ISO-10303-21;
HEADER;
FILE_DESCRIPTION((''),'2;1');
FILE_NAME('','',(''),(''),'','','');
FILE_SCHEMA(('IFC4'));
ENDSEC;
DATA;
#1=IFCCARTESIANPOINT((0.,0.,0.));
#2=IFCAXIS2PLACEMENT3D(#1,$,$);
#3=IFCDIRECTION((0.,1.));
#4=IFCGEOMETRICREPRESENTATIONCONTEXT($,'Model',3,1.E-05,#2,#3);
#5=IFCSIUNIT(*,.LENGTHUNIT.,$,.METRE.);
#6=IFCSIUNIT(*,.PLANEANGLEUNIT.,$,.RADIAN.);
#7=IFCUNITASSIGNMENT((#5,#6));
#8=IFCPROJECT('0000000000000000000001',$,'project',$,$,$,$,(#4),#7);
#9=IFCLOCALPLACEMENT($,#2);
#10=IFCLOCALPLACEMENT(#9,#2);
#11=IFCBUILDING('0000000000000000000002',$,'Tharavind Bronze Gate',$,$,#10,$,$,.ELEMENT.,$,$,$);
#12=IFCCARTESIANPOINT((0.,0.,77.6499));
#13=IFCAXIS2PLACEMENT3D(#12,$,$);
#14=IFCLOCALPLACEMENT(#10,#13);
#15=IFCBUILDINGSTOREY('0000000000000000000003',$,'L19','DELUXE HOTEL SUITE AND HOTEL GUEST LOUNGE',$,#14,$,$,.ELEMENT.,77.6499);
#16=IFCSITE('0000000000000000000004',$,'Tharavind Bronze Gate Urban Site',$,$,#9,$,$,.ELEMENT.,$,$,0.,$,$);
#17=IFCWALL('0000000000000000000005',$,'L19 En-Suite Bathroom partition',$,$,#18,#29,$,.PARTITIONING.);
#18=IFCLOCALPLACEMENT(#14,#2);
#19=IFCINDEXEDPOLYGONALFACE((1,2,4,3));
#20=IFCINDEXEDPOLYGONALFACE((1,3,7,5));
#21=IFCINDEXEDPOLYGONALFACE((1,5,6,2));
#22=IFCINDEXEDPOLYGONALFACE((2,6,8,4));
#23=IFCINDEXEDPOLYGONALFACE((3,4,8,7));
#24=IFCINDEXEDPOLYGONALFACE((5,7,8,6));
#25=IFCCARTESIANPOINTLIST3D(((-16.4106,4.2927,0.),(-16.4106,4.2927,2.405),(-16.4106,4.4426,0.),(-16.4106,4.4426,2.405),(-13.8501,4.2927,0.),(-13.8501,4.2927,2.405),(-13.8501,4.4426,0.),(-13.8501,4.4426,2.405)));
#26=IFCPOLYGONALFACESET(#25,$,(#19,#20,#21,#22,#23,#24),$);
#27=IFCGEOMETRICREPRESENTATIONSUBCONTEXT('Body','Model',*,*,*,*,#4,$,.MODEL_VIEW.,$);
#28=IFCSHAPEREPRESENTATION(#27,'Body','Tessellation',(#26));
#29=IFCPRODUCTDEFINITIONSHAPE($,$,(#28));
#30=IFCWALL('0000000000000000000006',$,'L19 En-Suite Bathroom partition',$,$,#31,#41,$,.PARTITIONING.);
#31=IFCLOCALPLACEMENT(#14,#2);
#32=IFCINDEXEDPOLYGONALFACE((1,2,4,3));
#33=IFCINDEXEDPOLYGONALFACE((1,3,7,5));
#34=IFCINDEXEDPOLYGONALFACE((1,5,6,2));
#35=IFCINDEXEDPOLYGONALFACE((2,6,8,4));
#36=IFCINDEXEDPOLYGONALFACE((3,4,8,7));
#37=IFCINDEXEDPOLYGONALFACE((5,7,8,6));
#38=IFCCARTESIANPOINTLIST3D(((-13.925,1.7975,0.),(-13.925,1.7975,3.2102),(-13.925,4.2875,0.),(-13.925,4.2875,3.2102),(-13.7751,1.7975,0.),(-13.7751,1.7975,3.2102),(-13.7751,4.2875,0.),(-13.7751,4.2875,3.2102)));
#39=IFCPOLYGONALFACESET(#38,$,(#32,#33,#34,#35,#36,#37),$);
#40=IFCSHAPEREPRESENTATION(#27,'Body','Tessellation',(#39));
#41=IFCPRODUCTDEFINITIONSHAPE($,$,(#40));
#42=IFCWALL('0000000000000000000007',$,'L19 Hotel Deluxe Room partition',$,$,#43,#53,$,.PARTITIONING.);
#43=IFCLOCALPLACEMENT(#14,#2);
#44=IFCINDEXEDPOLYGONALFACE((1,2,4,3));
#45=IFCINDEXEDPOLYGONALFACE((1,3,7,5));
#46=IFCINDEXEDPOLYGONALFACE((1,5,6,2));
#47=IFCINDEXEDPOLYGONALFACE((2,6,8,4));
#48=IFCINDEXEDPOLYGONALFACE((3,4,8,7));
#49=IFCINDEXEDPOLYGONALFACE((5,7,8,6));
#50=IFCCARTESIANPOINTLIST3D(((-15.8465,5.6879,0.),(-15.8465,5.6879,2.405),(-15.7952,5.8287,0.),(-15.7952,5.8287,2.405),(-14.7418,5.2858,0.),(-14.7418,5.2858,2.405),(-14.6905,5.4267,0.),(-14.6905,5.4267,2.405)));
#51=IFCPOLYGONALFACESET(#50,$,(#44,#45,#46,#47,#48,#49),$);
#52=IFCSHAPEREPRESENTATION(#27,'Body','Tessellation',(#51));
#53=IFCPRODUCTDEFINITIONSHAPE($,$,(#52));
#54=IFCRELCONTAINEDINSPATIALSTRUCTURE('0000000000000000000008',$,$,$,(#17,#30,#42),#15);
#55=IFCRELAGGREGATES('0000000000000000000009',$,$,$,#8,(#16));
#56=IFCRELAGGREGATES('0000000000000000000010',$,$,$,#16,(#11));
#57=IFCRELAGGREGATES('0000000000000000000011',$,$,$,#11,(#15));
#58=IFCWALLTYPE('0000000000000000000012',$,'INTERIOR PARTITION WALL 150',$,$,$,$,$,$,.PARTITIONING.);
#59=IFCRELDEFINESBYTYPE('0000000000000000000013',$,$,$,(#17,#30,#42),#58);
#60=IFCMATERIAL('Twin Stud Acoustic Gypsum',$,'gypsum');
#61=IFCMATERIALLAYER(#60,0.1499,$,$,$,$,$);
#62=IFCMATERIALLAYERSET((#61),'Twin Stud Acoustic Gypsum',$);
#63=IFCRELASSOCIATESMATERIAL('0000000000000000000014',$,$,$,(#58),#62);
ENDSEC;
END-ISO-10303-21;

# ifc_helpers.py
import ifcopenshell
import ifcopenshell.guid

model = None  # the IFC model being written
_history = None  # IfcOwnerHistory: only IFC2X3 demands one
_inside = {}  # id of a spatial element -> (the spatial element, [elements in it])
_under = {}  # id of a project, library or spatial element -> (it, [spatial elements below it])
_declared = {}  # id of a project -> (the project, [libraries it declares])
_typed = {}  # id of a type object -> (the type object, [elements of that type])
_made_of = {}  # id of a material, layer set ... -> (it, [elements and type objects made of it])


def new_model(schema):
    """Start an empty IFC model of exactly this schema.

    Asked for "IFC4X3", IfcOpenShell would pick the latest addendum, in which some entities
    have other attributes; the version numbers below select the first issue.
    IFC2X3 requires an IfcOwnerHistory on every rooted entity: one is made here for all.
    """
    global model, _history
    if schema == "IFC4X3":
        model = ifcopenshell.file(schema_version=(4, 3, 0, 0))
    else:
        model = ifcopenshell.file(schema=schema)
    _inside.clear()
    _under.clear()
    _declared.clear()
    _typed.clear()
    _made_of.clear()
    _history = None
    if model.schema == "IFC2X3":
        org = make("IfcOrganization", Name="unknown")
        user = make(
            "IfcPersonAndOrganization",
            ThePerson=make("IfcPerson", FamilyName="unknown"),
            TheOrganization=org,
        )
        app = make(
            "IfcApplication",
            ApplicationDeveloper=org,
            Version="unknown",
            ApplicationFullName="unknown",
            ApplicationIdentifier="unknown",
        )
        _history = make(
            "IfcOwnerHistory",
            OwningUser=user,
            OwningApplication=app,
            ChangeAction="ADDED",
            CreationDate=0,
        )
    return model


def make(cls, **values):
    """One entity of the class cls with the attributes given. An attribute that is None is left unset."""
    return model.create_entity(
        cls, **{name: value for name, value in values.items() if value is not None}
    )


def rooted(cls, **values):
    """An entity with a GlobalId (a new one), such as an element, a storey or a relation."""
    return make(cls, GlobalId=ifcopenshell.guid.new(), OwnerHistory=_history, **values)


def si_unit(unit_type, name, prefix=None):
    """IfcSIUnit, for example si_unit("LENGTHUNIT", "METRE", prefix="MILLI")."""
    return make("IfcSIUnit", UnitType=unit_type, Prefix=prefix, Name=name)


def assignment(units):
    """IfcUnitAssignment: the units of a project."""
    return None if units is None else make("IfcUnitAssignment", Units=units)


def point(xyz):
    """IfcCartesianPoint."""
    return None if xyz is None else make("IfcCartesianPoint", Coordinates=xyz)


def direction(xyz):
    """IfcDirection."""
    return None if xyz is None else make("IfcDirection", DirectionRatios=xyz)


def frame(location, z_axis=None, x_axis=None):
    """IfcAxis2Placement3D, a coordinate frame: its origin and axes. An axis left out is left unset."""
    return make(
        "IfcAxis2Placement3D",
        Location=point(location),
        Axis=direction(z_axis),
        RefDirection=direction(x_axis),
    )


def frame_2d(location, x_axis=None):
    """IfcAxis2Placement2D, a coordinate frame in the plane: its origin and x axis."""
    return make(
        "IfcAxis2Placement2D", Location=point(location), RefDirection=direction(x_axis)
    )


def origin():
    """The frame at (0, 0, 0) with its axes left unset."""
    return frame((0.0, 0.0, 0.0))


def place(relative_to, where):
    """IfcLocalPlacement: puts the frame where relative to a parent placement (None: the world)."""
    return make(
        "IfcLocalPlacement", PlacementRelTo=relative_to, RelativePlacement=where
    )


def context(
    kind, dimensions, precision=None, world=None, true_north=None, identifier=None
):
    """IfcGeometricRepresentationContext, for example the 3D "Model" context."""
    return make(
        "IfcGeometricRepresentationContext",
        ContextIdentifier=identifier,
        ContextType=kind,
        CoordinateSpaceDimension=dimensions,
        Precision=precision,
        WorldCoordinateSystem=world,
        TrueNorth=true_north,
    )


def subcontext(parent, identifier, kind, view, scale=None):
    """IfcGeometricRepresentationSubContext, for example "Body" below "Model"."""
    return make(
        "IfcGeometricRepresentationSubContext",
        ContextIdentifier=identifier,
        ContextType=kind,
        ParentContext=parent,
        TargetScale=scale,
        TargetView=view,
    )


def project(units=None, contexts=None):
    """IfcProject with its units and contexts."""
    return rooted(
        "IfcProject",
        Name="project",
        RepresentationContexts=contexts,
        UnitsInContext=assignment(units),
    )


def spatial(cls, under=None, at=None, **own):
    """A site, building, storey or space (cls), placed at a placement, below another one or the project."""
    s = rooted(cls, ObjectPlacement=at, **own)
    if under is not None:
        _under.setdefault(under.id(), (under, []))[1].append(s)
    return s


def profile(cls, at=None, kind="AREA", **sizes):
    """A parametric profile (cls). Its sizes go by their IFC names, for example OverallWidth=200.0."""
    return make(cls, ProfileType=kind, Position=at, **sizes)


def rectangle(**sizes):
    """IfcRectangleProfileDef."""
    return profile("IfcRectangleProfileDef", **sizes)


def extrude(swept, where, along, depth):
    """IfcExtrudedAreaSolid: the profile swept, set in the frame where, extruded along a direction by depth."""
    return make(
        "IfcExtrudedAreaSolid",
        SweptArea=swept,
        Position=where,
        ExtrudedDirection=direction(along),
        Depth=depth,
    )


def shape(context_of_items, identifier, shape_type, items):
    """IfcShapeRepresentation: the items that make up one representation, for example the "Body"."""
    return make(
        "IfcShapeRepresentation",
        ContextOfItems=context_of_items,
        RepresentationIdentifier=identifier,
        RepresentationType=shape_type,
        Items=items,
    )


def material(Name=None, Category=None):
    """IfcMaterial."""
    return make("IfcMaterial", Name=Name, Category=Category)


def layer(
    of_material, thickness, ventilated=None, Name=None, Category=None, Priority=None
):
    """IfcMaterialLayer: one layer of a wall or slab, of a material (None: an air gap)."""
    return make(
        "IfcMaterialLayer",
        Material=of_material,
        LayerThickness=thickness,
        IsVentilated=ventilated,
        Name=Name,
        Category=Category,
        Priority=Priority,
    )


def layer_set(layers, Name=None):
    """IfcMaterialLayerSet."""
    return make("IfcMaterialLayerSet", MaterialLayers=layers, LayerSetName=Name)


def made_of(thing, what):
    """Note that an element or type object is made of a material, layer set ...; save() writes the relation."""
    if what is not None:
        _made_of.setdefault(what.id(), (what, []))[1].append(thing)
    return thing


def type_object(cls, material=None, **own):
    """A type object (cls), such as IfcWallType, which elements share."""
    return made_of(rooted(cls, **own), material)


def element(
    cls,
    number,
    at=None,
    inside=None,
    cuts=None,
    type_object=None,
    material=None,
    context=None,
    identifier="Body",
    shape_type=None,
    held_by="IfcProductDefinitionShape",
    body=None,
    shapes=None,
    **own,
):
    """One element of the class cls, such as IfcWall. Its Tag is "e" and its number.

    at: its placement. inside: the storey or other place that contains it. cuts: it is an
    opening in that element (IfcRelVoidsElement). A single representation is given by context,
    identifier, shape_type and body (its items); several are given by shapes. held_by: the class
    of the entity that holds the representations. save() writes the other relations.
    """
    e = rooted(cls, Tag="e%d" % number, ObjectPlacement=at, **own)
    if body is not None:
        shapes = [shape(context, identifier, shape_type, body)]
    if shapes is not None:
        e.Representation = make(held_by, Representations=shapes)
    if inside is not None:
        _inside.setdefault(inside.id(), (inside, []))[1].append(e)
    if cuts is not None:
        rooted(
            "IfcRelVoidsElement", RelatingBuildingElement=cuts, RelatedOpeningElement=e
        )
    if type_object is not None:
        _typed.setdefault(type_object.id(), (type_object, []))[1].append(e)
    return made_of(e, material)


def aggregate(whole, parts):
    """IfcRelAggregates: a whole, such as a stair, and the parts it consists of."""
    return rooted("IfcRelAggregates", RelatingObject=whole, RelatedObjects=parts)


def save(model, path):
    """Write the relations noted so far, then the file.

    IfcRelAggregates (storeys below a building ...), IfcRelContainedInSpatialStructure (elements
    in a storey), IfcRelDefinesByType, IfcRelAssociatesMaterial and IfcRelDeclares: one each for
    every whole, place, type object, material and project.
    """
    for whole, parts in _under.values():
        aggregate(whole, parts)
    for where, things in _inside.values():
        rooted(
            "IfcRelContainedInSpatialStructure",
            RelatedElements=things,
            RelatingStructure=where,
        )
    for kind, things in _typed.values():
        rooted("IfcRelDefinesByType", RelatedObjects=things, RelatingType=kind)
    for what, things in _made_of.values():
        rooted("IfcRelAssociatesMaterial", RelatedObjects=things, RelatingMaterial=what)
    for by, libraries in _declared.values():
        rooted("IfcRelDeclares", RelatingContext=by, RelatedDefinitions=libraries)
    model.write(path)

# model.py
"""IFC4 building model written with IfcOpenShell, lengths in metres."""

from ifc_helpers import new_model, si_unit, direction, frame, frame_2d, origin, place, context, subcontext, project, spatial, rectangle, extrude, material, layer, layer_set, type_object, element, save


model = new_model("IFC4")

# Units and contexts
model_context = context("Model", 3, precision=1e-05, world=origin(), true_north=direction((0.0, 1.0)))
body_context = subcontext(model_context, "Body", "Model", "MODEL_VIEW")
ifc_project = project(units=[si_unit("LENGTHUNIT", "METRE"), si_unit("PLANEANGLEUNIT", "RADIAN")], contexts=[model_context])

# Site, building, storey
site_placement = place(None, origin())
site = spatial("IfcSite", under=ifc_project, at=site_placement, Name="Tharavind Bronze Gate Urban Site", CompositionType="ELEMENT", RefElevation=0.0)
building_placement = place(site_placement, origin())
building = spatial("IfcBuilding", under=site, at=building_placement, Name="Tharavind Bronze Gate", CompositionType="ELEMENT")
storey_placement = place(building_placement, frame((0.0, 0.0, 77.6499)))
storey = spatial("IfcBuildingStorey", under=building, at=storey_placement, Name="L19", Description="DELUXE HOTEL SUITE AND HOTEL GUEST LOUNGE", CompositionType="ELEMENT", Elevation=77.6499)

# Shared definitions
ifc_material_1 = material(Name="Twin Stud Acoustic Gypsum", Category="gypsum")
ifc_layer_1 = layer(ifc_material_1, 0.1499)
ifc_layer_set_1 = layer_set([ifc_layer_1], Name="Twin Stud Acoustic Gypsum")
wall_type_1 = type_object("IfcWallType", Name="INTERIOR PARTITION WALL 150", PredefinedType="PARTITIONING", material=ifc_layer_set_1)

# Walls
wall_1_placement = place(storey_placement, frame((-16.4106, 4.3677, 0.0), z_axis=(0.0, 0.0, 1.0), x_axis=(1.0, 0.0, 0.0)))
element("IfcWall", 1, at=wall_1_placement, inside=storey, type_object=wall_type_1, Name="L19 En-Suite Bathroom partition", PredefinedType="PARTITIONING", context=body_context, shape_type="SweptSolid", body=[
    extrude(rectangle(XDim=2.5605, YDim=0.1499, at=frame_2d((1.2803, 0.0))), origin(), (0.0, 0.0, 1.0), 2.405),
])
wall_2_placement = place(storey_placement, frame((-13.8501, 4.2876, 0.0), z_axis=(0.0, 0.0, 1.0), x_axis=(0.0, -1.0, 0.0)))
element("IfcWall", 2, at=wall_2_placement, inside=storey, type_object=wall_type_1, Name="L19 En-Suite Bathroom partition", PredefinedType="PARTITIONING", context=body_context, shape_type="SweptSolid", body=[
    extrude(rectangle(XDim=2.49, YDim=0.1499, at=frame_2d((1.2451, 0.0))), origin(), (0.0, 0.0, 1.0), 3.2102),
])
wall_3_placement = place(storey_placement, frame((-14.7161, 5.3562, 0.0), z_axis=(0.0, 0.0, 1.0), x_axis=(-0.93969, 0.342027, 0.0)))
element("IfcWall", 3, at=wall_3_placement, inside=storey, type_object=wall_type_1, Name="L19 Hotel Deluxe Room partition", PredefinedType="PARTITIONING", context=body_context, shape_type="SweptSolid", body=[
    extrude(rectangle(XDim=1.1755, YDim=0.1499, at=frame_2d((0.5879, 0.0))), origin(), (0.0, 0.0, 1.0), 2.405),
])

save(model, "model.ifc")
